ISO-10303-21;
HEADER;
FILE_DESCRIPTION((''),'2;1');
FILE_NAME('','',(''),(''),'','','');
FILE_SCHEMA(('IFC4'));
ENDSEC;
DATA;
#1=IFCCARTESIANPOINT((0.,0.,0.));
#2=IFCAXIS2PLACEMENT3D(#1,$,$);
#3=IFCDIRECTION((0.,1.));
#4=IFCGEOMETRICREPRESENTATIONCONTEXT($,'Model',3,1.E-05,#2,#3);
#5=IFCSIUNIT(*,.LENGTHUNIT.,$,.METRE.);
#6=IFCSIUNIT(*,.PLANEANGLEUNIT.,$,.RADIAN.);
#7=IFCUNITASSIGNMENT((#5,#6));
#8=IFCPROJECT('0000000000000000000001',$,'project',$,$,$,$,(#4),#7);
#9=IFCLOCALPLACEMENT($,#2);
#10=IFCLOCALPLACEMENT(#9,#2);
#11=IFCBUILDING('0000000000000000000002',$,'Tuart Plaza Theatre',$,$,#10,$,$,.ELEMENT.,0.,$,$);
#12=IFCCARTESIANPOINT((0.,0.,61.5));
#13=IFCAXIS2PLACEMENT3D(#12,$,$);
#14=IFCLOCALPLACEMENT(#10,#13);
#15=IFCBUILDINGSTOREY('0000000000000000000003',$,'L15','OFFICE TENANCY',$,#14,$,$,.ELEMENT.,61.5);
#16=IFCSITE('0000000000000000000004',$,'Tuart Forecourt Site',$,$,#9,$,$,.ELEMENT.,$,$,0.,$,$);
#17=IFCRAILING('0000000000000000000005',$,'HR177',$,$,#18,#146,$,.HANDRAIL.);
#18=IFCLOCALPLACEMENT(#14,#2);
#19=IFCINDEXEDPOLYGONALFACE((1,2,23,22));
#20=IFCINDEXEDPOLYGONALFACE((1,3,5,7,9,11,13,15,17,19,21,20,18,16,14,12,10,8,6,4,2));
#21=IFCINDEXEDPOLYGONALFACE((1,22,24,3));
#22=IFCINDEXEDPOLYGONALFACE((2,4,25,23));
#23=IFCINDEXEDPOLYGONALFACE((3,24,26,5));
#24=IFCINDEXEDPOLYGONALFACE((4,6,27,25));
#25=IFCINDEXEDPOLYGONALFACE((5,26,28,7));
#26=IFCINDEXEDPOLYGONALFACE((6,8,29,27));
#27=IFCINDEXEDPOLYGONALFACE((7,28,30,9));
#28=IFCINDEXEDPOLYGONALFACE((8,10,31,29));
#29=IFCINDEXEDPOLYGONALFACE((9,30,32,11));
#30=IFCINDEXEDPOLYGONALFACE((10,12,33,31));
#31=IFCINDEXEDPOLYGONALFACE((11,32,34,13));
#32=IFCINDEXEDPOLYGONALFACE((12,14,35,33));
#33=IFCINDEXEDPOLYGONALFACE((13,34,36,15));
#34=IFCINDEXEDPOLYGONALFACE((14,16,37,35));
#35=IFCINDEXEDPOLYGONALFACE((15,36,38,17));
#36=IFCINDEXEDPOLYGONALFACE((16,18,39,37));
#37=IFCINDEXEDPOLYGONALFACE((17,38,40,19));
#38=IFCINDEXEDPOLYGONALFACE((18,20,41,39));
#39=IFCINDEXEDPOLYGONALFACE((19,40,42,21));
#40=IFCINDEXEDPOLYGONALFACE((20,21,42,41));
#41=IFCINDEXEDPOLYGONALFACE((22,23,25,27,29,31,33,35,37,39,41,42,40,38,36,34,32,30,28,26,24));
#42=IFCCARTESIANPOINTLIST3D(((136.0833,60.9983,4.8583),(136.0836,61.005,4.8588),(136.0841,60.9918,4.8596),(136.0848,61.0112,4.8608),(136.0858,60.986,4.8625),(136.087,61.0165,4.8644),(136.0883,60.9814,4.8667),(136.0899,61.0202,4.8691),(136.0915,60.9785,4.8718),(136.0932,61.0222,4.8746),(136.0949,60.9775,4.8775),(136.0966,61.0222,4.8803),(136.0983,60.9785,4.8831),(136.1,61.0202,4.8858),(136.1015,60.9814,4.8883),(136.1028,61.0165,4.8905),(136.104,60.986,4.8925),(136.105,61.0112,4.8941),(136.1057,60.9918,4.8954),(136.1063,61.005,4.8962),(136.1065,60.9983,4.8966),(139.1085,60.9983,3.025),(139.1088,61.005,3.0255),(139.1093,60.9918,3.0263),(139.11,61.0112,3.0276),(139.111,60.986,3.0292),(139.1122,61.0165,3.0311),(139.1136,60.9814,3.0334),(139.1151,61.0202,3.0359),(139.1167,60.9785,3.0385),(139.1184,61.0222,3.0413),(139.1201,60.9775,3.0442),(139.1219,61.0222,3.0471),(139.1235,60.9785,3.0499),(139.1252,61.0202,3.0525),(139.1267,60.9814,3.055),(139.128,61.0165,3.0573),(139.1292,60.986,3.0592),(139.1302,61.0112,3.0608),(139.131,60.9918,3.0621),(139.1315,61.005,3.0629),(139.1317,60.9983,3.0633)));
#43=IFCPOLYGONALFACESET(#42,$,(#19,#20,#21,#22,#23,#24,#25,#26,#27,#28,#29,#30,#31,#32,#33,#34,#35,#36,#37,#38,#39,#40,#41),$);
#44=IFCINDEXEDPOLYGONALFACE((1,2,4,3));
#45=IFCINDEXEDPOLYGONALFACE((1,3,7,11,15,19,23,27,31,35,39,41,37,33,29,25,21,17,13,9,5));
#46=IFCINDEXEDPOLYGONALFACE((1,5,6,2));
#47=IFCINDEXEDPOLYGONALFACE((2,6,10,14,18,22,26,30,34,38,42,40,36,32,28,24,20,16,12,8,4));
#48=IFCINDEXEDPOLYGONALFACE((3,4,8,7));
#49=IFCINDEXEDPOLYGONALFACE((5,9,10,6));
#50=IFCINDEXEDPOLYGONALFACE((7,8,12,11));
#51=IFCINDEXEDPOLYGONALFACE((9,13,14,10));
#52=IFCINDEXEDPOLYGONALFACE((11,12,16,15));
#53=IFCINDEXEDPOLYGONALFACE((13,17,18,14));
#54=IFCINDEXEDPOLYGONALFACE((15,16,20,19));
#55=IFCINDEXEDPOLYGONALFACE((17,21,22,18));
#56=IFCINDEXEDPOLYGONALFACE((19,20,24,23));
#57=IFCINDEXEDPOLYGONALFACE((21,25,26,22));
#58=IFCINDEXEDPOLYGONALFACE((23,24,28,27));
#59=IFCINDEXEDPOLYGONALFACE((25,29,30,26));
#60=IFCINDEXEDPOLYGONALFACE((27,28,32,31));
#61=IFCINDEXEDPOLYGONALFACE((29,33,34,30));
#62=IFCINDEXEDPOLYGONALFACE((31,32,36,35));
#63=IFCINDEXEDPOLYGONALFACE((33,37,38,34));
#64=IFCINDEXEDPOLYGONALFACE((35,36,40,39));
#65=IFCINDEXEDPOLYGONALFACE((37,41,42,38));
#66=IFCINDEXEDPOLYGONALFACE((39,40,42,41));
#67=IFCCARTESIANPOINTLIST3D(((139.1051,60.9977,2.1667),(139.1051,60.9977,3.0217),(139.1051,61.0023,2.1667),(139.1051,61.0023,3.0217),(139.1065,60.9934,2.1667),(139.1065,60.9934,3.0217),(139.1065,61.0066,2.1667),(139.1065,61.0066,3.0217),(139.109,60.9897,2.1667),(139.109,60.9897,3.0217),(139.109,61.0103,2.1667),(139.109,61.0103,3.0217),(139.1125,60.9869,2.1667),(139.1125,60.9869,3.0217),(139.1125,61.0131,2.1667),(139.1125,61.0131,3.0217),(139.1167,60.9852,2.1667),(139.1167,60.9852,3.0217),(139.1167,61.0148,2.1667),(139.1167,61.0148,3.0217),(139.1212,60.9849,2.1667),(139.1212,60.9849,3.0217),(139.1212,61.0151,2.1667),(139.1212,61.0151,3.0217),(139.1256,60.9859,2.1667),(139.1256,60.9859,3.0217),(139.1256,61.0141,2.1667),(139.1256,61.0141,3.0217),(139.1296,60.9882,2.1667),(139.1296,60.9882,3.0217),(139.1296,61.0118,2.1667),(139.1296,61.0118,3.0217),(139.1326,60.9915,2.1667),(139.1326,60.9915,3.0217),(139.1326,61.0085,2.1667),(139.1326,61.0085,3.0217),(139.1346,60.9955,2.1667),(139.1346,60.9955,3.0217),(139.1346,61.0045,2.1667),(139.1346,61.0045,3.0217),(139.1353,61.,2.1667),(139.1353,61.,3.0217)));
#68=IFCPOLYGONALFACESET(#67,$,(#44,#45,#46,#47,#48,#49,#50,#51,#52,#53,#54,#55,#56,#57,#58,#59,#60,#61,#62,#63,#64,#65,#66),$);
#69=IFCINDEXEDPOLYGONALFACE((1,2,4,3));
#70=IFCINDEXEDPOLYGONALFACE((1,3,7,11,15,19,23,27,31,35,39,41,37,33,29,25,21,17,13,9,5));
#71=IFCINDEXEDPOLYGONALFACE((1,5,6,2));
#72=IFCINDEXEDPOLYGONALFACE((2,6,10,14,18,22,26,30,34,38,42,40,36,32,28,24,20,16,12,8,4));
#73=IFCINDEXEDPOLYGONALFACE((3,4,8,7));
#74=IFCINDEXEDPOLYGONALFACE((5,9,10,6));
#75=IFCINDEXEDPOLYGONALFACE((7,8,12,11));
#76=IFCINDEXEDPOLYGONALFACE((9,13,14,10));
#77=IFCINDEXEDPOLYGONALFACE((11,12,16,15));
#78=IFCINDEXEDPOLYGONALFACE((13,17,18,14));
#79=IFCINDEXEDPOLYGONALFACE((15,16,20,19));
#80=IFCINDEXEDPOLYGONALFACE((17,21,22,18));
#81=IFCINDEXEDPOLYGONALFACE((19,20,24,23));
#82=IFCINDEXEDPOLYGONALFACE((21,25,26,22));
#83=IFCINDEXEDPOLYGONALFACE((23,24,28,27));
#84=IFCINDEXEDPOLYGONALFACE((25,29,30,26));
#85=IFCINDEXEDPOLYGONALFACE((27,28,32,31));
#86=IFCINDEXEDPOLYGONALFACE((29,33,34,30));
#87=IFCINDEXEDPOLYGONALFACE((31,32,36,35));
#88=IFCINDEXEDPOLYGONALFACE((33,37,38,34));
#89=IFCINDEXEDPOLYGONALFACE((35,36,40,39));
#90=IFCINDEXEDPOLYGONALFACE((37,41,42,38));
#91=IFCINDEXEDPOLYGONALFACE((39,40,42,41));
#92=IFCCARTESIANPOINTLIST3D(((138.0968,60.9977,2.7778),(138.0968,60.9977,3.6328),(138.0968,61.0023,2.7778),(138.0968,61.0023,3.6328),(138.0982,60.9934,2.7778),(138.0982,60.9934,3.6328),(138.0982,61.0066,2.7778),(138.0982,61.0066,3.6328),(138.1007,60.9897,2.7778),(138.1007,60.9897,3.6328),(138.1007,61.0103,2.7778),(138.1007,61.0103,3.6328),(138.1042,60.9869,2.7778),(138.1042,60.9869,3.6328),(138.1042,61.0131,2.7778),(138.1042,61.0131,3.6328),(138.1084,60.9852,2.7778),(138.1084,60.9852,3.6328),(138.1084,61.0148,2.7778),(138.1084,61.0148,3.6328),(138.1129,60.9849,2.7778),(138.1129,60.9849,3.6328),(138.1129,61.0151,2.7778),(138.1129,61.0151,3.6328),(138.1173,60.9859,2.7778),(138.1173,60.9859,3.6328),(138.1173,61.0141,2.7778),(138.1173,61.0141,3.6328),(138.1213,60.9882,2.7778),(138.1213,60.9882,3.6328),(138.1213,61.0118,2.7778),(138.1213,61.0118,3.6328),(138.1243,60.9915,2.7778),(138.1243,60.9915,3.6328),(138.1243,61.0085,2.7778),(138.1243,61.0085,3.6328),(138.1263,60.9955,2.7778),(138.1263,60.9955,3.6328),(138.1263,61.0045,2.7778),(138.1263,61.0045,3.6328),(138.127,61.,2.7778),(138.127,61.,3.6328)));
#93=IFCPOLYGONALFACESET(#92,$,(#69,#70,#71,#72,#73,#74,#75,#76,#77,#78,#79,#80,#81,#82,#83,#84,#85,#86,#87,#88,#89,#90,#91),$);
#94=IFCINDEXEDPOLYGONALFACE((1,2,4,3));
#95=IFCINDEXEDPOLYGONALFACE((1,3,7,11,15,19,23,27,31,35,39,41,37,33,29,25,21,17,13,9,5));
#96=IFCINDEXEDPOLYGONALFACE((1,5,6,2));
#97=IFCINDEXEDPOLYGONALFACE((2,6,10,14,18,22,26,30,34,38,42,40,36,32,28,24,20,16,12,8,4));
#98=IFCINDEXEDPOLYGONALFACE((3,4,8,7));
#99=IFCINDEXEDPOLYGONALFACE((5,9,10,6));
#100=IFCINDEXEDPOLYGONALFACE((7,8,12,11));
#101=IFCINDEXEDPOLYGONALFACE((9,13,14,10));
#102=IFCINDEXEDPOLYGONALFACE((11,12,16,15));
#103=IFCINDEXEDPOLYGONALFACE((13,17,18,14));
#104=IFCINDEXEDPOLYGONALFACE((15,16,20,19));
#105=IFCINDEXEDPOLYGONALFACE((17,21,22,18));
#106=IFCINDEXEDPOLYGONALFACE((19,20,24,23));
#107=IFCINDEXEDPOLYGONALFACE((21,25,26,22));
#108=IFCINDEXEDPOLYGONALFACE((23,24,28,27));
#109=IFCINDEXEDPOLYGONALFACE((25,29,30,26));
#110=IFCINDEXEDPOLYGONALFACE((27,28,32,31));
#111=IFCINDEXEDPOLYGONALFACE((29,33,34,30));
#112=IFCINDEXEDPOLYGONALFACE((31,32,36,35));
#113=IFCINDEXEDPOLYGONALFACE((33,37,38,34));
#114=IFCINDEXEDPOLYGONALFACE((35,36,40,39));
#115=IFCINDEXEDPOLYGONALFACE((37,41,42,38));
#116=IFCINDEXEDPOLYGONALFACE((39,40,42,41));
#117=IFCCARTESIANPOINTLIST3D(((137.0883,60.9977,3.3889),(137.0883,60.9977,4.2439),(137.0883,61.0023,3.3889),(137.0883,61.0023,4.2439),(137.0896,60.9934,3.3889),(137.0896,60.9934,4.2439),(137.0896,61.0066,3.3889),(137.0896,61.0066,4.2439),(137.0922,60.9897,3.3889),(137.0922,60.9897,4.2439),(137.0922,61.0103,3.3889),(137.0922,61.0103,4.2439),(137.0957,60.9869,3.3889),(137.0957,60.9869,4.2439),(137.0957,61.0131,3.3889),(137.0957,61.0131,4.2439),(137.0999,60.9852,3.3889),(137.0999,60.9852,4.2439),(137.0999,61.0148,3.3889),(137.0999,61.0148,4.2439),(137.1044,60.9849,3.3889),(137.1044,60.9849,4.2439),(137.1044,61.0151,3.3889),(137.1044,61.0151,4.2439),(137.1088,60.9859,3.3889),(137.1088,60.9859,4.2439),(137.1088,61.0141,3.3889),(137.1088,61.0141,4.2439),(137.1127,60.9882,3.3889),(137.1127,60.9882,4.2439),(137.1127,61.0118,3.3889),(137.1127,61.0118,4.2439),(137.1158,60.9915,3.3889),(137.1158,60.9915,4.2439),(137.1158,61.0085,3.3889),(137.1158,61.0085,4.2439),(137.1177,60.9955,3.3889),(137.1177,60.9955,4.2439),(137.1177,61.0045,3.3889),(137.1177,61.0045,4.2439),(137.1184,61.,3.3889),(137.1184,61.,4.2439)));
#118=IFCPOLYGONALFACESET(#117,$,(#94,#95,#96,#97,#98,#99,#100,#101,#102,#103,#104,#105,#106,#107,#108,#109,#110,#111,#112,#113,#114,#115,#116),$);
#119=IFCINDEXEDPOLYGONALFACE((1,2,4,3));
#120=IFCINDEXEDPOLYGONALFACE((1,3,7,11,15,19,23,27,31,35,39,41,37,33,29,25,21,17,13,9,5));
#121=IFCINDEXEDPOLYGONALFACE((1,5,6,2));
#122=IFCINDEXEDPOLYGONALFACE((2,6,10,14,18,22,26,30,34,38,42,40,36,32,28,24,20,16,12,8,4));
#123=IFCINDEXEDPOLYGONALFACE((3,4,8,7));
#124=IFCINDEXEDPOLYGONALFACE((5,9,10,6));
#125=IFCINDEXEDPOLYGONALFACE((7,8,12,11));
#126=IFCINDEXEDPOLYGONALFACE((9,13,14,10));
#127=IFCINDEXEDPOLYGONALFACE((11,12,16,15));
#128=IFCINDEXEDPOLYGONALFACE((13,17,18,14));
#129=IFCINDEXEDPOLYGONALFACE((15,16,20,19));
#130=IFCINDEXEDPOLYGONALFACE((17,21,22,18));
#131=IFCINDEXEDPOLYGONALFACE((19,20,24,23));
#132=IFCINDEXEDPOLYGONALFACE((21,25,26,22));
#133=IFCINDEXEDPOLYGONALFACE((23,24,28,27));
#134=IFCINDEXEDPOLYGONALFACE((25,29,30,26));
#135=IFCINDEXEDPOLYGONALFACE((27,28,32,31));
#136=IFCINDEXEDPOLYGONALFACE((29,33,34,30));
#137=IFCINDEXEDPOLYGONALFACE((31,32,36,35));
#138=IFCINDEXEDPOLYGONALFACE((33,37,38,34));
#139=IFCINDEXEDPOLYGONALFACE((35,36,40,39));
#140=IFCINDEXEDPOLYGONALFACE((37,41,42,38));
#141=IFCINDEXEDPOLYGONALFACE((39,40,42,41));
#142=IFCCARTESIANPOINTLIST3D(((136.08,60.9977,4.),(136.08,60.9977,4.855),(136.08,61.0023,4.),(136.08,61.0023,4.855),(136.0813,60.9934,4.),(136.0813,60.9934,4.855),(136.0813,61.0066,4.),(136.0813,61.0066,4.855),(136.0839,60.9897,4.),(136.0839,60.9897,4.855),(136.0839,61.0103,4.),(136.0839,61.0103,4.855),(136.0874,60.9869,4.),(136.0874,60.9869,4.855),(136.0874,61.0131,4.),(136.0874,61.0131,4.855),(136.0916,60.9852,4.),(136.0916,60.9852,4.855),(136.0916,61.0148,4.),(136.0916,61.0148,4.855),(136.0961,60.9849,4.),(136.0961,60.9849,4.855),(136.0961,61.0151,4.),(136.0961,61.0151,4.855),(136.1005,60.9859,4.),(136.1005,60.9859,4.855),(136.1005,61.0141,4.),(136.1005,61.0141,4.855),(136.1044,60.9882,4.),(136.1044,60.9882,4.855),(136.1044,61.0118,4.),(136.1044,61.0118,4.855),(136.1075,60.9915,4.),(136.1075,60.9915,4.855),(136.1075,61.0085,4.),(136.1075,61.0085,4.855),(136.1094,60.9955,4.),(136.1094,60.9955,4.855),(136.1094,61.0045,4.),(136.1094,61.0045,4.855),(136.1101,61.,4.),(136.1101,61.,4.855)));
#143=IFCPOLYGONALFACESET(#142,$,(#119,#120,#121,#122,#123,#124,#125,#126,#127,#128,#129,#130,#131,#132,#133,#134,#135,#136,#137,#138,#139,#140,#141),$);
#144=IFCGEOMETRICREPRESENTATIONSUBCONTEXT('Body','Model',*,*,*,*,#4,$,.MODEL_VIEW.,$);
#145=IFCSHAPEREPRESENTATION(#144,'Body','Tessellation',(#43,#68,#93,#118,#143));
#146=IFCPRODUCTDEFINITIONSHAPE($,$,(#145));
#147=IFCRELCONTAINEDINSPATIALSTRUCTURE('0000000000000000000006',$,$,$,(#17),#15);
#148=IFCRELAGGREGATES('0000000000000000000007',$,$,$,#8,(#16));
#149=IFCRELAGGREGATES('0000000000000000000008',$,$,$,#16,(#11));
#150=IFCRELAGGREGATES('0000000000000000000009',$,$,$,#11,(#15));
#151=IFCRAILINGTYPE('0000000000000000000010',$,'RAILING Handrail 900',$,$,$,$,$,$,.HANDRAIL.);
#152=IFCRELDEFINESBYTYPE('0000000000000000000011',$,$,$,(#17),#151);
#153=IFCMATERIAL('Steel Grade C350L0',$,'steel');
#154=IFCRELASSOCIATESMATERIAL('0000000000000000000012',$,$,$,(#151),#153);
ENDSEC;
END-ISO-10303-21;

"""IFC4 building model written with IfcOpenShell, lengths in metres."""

from ifc_helpers import new_model, si_unit, direction, frame, origin, origin_2d, place, context, subcontext, project, spatial, circle, extrude, material, type_object, element, save


model = new_model("IFC4")

# Units and contexts
model_context = context("Model", 3, precision=1e-05, world=origin(), true_north=direction((0.0, 1.0)))
body_context = subcontext(model_context, "Body", "Model", "MODEL_VIEW")
ifc_project = project(units=[si_unit("LENGTHUNIT", "METRE"), si_unit("PLANEANGLEUNIT", "RADIAN")], contexts=[model_context])

# Site, building, storey
site_placement = place(None, origin())
site = spatial("IfcSite", under=ifc_project, at=site_placement, Name="Tuart Forecourt Site", CompositionType="ELEMENT", RefElevation=0.0)
building_placement = place(site_placement, origin())
building = spatial("IfcBuilding", under=site, at=building_placement, Name="Tuart Plaza Theatre", CompositionType="ELEMENT", ElevationOfRefHeight=0.0)
storey_placement = place(building_placement, frame((0.0, 0.0, 61.5)))
storey = spatial("IfcBuildingStorey", under=building, at=storey_placement, Name="L15", Description="OFFICE TENANCY", CompositionType="ELEMENT", Elevation=61.5)

# Railing
ifc_material_1 = material(Name="Steel Grade C350L0", Category="steel")
railing_type_1 = type_object("IfcRailingType", Name="RAILING Handrail 900", PredefinedType="HANDRAIL", material=ifc_material_1)
for number, where, name in (
    (1, (139.1201, 61.0, 2.1667), "HR177"),
):
    element("IfcRailing", number, at=place(storey_placement, frame(where)), inside=storey, type_object=railing_type_1, Name=name, PredefinedType="HANDRAIL", context=body_context, shape_type="SweptSolid", body=[
        extrude(circle(Radius=0.0225, at=origin_2d()), frame((0.0, 0.0, 0.8774), z_axis=(-0.855219, 0.0, 0.518267), x_axis=(0.0, -1.0, 0.0)), (0.0, 0.0, 1.0), 3.5374),
        extrude(circle(Radius=0.0151, at=origin_2d()), origin(), (0.0, 0.0, 1.0), 0.855),
        extrude(circle(Radius=0.0151, at=origin_2d()), frame((-1.0083, 0.0, 0.6111)), (0.0, 0.0, 1.0), 0.855),
        extrude(circle(Radius=0.0151, at=origin_2d()), frame((-2.0168, 0.0, 1.2222)), (0.0, 0.0, 1.0), 0.855),
        extrude(circle(Radius=0.0151, at=origin_2d()), frame((-3.0251, 0.0, 1.8333)), (0.0, 0.0, 1.0), 0.855),
    ])

save(model, "model.ifc")
